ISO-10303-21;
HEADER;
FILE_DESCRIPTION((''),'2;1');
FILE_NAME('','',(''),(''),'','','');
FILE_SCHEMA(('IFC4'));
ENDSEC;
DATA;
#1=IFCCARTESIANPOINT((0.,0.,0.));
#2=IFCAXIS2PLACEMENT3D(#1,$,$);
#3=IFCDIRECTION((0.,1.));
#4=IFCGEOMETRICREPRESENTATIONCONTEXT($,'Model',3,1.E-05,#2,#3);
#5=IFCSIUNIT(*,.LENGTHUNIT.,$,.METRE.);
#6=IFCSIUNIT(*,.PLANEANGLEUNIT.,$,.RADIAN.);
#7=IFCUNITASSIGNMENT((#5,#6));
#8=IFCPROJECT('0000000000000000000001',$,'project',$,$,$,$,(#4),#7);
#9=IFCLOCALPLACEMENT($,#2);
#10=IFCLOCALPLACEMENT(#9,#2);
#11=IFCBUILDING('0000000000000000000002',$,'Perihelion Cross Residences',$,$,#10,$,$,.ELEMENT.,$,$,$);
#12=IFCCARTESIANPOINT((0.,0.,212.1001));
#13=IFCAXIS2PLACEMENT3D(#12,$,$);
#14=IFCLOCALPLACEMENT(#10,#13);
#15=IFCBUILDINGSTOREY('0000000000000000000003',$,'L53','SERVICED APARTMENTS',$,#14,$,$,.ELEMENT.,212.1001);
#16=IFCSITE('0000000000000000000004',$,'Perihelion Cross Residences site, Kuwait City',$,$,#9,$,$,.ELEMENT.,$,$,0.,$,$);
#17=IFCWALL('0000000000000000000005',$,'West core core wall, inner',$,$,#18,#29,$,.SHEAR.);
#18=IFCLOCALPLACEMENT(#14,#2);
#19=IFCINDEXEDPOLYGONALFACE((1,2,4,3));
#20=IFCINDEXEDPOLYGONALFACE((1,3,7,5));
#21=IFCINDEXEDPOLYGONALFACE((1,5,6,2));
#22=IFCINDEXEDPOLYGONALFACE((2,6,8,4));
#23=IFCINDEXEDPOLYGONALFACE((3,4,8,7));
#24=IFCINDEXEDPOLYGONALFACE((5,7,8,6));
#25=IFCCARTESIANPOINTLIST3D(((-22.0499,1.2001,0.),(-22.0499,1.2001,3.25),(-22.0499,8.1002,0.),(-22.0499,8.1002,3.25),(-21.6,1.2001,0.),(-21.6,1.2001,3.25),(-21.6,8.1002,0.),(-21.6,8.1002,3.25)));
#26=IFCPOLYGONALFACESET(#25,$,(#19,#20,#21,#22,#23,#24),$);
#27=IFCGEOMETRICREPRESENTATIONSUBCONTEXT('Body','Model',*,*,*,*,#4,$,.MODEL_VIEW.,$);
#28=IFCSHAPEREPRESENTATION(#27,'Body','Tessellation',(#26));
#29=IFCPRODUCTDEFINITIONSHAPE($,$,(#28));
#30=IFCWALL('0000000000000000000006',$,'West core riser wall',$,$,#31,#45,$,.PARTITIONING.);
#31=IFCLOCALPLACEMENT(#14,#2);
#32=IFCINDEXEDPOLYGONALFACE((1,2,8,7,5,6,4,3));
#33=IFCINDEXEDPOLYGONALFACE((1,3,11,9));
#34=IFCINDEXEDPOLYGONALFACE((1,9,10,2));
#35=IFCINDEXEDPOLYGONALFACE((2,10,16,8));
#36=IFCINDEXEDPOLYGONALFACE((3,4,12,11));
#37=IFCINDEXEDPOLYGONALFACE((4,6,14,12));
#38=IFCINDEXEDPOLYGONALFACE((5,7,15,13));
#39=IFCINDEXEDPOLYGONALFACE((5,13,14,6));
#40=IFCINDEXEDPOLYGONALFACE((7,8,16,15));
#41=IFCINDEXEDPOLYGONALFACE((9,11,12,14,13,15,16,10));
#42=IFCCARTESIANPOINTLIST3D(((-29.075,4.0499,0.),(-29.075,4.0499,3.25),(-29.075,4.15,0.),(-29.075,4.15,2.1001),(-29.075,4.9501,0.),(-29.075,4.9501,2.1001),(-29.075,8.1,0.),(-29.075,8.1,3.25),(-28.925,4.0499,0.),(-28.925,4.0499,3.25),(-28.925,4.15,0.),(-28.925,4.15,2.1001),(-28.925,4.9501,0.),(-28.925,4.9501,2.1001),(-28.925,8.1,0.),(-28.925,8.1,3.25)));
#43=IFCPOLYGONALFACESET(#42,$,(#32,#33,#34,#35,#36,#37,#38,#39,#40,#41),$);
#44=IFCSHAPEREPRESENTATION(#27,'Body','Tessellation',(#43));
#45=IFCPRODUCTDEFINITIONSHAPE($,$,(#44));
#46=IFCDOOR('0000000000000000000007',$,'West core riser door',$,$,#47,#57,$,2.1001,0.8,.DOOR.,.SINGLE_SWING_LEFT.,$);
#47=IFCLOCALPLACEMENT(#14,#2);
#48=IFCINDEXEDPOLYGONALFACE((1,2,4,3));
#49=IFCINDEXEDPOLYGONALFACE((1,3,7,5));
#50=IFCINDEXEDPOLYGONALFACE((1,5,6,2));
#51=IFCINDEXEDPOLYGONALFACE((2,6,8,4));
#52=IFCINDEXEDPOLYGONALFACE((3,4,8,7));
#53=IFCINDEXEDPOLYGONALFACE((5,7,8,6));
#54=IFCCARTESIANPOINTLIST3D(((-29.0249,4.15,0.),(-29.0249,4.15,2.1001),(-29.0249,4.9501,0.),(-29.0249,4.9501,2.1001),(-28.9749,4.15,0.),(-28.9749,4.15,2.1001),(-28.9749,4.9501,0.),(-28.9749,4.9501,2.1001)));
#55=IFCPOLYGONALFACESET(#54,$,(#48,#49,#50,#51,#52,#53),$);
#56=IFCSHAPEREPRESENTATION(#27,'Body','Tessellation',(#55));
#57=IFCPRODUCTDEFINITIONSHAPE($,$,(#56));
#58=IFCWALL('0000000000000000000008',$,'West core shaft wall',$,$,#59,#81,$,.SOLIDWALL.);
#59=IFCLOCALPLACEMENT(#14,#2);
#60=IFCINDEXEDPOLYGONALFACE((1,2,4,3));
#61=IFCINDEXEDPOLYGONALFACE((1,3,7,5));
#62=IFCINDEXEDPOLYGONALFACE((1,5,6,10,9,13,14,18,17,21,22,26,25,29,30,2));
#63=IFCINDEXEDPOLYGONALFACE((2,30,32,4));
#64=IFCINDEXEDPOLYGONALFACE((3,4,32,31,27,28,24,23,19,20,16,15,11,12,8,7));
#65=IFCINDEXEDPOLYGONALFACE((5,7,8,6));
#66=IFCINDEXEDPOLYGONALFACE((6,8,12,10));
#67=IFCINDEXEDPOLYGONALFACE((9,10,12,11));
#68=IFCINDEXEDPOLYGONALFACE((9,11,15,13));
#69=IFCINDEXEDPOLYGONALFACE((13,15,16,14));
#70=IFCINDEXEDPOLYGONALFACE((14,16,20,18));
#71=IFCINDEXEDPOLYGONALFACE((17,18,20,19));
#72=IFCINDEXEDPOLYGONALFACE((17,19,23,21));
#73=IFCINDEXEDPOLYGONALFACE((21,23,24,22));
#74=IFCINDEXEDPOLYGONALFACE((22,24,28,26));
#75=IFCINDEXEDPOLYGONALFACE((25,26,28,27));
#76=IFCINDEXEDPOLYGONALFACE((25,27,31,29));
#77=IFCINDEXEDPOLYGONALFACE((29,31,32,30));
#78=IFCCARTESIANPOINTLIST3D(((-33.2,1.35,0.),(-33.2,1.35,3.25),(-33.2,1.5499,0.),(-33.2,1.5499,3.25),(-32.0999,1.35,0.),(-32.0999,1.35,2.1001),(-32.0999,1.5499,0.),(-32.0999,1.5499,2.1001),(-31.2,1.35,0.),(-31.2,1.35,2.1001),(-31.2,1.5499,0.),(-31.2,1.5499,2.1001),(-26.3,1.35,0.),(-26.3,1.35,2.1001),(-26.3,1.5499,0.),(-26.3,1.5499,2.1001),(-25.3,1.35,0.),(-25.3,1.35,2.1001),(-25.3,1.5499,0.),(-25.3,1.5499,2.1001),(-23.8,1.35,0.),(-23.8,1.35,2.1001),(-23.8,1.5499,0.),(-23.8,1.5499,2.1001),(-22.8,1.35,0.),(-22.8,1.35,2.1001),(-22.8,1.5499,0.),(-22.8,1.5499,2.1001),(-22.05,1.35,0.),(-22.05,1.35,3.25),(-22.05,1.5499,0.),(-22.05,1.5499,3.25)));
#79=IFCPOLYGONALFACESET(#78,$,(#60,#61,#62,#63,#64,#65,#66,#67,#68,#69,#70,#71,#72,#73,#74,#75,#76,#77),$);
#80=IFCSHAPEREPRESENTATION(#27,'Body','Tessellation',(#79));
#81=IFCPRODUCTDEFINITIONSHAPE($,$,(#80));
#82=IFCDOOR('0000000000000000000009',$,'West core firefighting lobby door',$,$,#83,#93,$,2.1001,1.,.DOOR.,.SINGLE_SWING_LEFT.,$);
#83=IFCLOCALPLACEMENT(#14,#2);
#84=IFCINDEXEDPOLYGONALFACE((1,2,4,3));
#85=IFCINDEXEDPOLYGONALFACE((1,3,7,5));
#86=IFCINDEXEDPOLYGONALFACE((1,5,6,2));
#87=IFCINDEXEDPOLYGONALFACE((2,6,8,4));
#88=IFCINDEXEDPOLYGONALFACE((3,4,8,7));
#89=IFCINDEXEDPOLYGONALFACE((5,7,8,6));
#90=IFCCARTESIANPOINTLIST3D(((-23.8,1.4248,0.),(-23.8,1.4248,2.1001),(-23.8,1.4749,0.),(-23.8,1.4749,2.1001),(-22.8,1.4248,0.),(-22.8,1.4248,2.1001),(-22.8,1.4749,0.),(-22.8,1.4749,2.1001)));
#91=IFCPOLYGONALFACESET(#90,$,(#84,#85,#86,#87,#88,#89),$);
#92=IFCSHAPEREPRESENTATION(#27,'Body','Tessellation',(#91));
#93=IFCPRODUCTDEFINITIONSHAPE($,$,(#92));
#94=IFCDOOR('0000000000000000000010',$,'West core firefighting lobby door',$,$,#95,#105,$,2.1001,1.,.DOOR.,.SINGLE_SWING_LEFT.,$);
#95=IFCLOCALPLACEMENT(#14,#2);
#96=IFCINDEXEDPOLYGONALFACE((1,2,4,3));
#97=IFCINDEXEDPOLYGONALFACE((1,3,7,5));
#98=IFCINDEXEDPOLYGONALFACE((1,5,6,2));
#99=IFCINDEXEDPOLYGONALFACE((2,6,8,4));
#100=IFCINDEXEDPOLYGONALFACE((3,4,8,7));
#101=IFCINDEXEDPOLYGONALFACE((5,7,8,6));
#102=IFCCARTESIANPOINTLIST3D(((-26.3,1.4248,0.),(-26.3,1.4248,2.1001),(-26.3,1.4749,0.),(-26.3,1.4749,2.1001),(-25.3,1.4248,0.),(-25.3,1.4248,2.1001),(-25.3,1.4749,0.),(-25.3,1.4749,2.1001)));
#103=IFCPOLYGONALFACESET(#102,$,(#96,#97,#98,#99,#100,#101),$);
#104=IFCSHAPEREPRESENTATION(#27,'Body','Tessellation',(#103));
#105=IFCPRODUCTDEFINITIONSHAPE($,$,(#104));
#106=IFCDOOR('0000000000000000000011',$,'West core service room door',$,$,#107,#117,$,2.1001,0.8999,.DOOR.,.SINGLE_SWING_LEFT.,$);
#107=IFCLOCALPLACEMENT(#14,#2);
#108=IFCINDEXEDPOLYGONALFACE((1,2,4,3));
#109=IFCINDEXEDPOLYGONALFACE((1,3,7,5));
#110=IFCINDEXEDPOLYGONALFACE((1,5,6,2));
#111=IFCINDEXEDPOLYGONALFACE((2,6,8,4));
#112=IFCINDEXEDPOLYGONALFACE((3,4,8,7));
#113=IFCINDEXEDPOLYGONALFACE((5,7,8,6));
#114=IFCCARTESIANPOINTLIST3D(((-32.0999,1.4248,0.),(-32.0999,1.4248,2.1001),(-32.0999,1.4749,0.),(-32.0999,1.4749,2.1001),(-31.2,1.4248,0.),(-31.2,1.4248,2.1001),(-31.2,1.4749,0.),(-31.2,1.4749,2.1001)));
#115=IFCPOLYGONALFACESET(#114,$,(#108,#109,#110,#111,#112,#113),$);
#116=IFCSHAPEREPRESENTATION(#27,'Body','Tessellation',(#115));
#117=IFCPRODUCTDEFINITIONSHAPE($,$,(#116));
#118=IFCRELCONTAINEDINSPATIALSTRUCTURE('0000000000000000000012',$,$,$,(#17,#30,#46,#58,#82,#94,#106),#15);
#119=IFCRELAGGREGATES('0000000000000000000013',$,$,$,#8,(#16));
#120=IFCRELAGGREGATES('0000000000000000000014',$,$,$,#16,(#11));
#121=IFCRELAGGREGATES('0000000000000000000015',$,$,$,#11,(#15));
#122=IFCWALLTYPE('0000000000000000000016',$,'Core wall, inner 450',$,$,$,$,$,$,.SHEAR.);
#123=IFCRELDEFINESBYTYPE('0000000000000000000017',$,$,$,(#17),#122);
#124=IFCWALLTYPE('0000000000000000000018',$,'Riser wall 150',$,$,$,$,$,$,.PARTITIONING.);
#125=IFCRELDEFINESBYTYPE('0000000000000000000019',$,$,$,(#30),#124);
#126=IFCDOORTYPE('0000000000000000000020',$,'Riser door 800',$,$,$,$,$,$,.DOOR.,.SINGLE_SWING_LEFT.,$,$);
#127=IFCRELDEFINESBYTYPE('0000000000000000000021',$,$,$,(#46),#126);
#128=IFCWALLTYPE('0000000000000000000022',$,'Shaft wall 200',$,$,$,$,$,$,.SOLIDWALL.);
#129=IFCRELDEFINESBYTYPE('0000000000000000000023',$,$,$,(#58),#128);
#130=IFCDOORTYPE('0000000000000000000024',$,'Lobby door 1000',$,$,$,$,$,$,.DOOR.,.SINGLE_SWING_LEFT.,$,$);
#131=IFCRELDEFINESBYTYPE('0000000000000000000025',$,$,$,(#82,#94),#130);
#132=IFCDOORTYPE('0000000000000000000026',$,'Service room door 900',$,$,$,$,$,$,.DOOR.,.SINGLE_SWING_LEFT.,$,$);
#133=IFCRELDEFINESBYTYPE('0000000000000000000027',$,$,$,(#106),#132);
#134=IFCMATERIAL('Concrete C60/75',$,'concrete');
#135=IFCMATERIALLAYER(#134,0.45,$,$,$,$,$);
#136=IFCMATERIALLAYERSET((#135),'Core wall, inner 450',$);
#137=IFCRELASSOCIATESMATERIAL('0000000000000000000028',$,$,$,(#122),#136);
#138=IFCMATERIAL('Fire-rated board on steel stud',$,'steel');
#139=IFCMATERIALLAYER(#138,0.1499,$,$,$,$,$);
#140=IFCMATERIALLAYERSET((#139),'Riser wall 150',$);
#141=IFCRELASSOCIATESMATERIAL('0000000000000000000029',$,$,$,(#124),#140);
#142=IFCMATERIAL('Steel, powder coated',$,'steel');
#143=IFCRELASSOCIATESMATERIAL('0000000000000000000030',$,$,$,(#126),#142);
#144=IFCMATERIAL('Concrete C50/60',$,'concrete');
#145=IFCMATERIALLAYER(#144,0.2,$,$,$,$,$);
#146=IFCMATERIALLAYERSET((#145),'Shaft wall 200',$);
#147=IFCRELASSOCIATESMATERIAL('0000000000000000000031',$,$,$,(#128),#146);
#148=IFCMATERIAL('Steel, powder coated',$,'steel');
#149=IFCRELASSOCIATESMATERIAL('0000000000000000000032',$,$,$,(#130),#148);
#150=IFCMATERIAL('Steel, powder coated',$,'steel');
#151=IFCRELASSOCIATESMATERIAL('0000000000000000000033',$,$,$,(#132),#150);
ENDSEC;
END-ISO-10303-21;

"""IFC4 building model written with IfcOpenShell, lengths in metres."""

from ifc_helpers import new_model, si_unit, direction, frame, frame_2d, origin, place, context, subcontext, project, spatial, rectangle, extrude, material, layer, layer_set, type_object, element, fill, save


model = new_model("IFC4")

# Units and contexts
model_context = context("Model", 3, precision=1e-05, world=origin(), true_north=direction((0.0, 1.0)))
body_context = subcontext(model_context, "Body", "Model", "MODEL_VIEW")
ifc_project = project(units=[si_unit("LENGTHUNIT", "METRE"), si_unit("PLANEANGLEUNIT", "RADIAN")], contexts=[model_context])

# Site, building, storey
site_placement = place(None, origin())
site = spatial("IfcSite", under=ifc_project, at=site_placement, Name="Perihelion Cross Residences site, Kuwait City", CompositionType="ELEMENT", RefElevation=0.0)
building_placement = place(site_placement, origin())
building = spatial("IfcBuilding", under=site, at=building_placement, Name="Perihelion Cross Residences", CompositionType="ELEMENT")
storey_placement = place(building_placement, frame((0.0, 0.0, 212.1001)))
storey = spatial("IfcBuildingStorey", under=building, at=storey_placement, Name="L53", Description="SERVICED APARTMENTS", CompositionType="ELEMENT", Elevation=212.1001)

# Wall
ifc_material_1 = material(Name="Concrete C60/75", Category="concrete")
ifc_layer_1 = layer(ifc_material_1, 0.45)
ifc_layer_set_1 = layer_set([ifc_layer_1], Name="Core wall, inner 450")
wall_type_1 = type_object("IfcWallType", Name="Core wall, inner 450", PredefinedType="SHEAR", material=ifc_layer_set_1)
wall_1_placement = place(storey_placement, frame((-21.825, 1.2, 0.0), z_axis=(0.0, 0.0, 1.0), x_axis=(0.0, 1.0, 0.0)))
element("IfcWall", 1, at=wall_1_placement, inside=storey, type_object=wall_type_1, Name="West core core wall, inner", PredefinedType="SHEAR", context=body_context, shape_type="SweptSolid", body=[
    extrude(rectangle(XDim=6.9001, YDim=0.45, at=frame_2d((3.4502, 0.0))), origin(), (0.0, 0.0, 1.0), 3.25),
])

# Wall, opening, door
ifc_material_2 = material(Name="Fire-rated board on steel stud", Category="steel")
ifc_layer_2 = layer(ifc_material_2, 0.1499)
ifc_layer_set_2 = layer_set([ifc_layer_2], Name="Riser wall 150")
wall_type_2 = type_object("IfcWallType", Name="Riser wall 150", PredefinedType="PARTITIONING", material=ifc_layer_set_2)
wall_2_placement = place(storey_placement, frame((-29.0, 4.05, 0.0), z_axis=(0.0, 0.0, 1.0), x_axis=(0.0, 1.0, 0.0)))
wall_2 = element("IfcWall", 2, at=wall_2_placement, inside=storey, type_object=wall_type_2, Name="West core riser wall", PredefinedType="PARTITIONING", context=body_context, shape_type="SweptSolid", body=[
    extrude(rectangle(XDim=4.05, YDim=0.1499, at=frame_2d((2.0249, 0.0))), origin(), (0.0, 0.0, 1.0), 3.25),
])
opening_1_placement = place(wall_2_placement, frame((0.1001, 0.0, 0.0)))
opening_1 = element("IfcOpeningElement", 3, at=opening_1_placement, cuts=wall_2, PredefinedType="OPENING", context=body_context, shape_type="SweptSolid", body=[
    extrude(rectangle(XDim=0.8, YDim=2.1001, at=frame_2d((0.3999, 1.05))), frame((0.0, 0.085, 0.0), z_axis=(0.0, -1.0, 0.0), x_axis=(1.0, 0.0, 0.0)), (0.0, 0.0, 1.0), 0.1699),
])
ifc_material_3 = material(Name="Steel, powder coated", Category="steel")
door_type_1 = type_object("IfcDoorType", Name="Riser door 800", OperationType="SINGLE_SWING_LEFT", PredefinedType="DOOR", material=ifc_material_3)
door_1_placement = place(opening_1_placement, origin())
door_1 = element("IfcDoor", 4, at=door_1_placement, inside=storey, type_object=door_type_1, Name="West core riser door", OperationType="SINGLE_SWING_LEFT", OverallHeight=2.1001, OverallWidth=0.8, PredefinedType="DOOR", context=body_context, shape_type="SweptSolid", body=[
    extrude(rectangle(XDim=0.8, YDim=2.1001, at=frame_2d((0.3999, 1.05))), frame((0.0, 0.0249, 0.0), z_axis=(0.0, -1.0, 0.0), x_axis=(1.0, 0.0, 0.0)), (0.0, 0.0, 1.0), 0.05),
])
fill(opening_1, door_1)

# Wall, openings, doors
ifc_material_4 = material(Name="Concrete C50/60", Category="concrete")
ifc_layer_3 = layer(ifc_material_4, 0.2)
ifc_layer_set_3 = layer_set([ifc_layer_3], Name="Shaft wall 200")
wall_type_3 = type_object("IfcWallType", Name="Shaft wall 200", PredefinedType="SOLIDWALL", material=ifc_layer_set_3)
wall_3_placement = place(storey_placement, frame((-33.2, 1.45, 0.0), z_axis=(0.0, 0.0, 1.0), x_axis=(1.0, 0.0, 0.0)))
wall_3 = element("IfcWall", 5, at=wall_3_placement, inside=storey, type_object=wall_type_3, Name="West core shaft wall", PredefinedType="SOLIDWALL", context=body_context, shape_type="SweptSolid", body=[
    extrude(rectangle(XDim=11.1499, YDim=0.2, at=frame_2d((5.575, 0.0))), origin(), (0.0, 0.0, 1.0), 3.25),
])
opening_2_placement = place(wall_3_placement, frame((9.3999, 0.0, 0.0)))
opening_2 = element("IfcOpeningElement", 6, at=opening_2_placement, cuts=wall_3, PredefinedType="OPENING", context=body_context, shape_type="SweptSolid", body=[
    extrude(rectangle(XDim=1.0, YDim=2.1001, at=frame_2d((0.5, 1.05))), frame((0.0, 0.1099, 0.0), z_axis=(0.0, -1.0, 0.0), x_axis=(1.0, 0.0, 0.0)), (0.0, 0.0, 1.0), 0.22),
])
opening_3_placement = place(wall_3_placement, frame((6.8999, 0.0, 0.0)))
opening_3 = element("IfcOpeningElement", 7, at=opening_3_placement, cuts=wall_3, PredefinedType="OPENING", context=body_context, shape_type="SweptSolid", body=[
    extrude(rectangle(XDim=1.0, YDim=2.1001, at=frame_2d((0.5, 1.05))), frame((0.0, 0.1099, 0.0), z_axis=(0.0, -1.0, 0.0), x_axis=(1.0, 0.0, 0.0)), (0.0, 0.0, 1.0), 0.22),
])
opening_4_placement = place(wall_3_placement, frame((1.1001, 0.0, 0.0)))
opening_4 = element("IfcOpeningElement", 8, at=opening_4_placement, cuts=wall_3, PredefinedType="OPENING", context=body_context, shape_type="SweptSolid", body=[
    extrude(rectangle(XDim=0.8999, YDim=2.1001, at=frame_2d((0.45, 1.05))), frame((0.0, 0.1099, 0.0), z_axis=(0.0, -1.0, 0.0), x_axis=(1.0, 0.0, 0.0)), (0.0, 0.0, 1.0), 0.22),
])
ifc_material_5 = material(Name="Steel, powder coated", Category="steel")
door_type_2 = type_object("IfcDoorType", Name="Lobby door 1000", OperationType="SINGLE_SWING_LEFT", PredefinedType="DOOR", material=ifc_material_5)
door_2_placement = place(opening_2_placement, origin())
door_2 = element("IfcDoor", 9, at=door_2_placement, inside=storey, type_object=door_type_2, Name="West core firefighting lobby door", OperationType="SINGLE_SWING_LEFT", OverallHeight=2.1001, OverallWidth=1.0, PredefinedType="DOOR", context=body_context, shape_type="SweptSolid", body=[
    extrude(rectangle(XDim=1.0, YDim=2.1001, at=frame_2d((0.5, 1.05))), frame((0.0, 0.0249, 0.0), z_axis=(0.0, -1.0, 0.0), x_axis=(1.0, 0.0, 0.0)), (0.0, 0.0, 1.0), 0.05),
])
fill(opening_2, door_2)
door_3_placement = place(opening_3_placement, origin())
door_3 = element("IfcDoor", 10, at=door_3_placement, inside=storey, type_object=door_type_2, Name="West core firefighting lobby door", OperationType="SINGLE_SWING_LEFT", OverallHeight=2.1001, OverallWidth=1.0, PredefinedType="DOOR", context=body_context, shape_type="SweptSolid", body=[
    extrude(rectangle(XDim=1.0, YDim=2.1001, at=frame_2d((0.5, 1.05))), frame((0.0, 0.0249, 0.0), z_axis=(0.0, -1.0, 0.0), x_axis=(1.0, 0.0, 0.0)), (0.0, 0.0, 1.0), 0.05),
])
fill(opening_3, door_3)
ifc_material_6 = material(Name="Steel, powder coated", Category="steel")
door_type_3 = type_object("IfcDoorType", Name="Service room door 900", OperationType="SINGLE_SWING_LEFT", PredefinedType="DOOR", material=ifc_material_6)
door_4_placement = place(opening_4_placement, origin())
door_4 = element("IfcDoor", 11, at=door_4_placement, inside=storey, type_object=door_type_3, Name="West core service room door", OperationType="SINGLE_SWING_LEFT", OverallHeight=2.1001, OverallWidth=0.8999, PredefinedType="DOOR", context=body_context, shape_type="SweptSolid", body=[
    extrude(rectangle(XDim=0.8999, YDim=2.1001, at=frame_2d((0.45, 1.05))), frame((0.0, 0.0249, 0.0), z_axis=(0.0, -1.0, 0.0), x_axis=(1.0, 0.0, 0.0)), (0.0, 0.0, 1.0), 0.05),
])
fill(opening_4, door_4)

save(model, "model.ifc")
